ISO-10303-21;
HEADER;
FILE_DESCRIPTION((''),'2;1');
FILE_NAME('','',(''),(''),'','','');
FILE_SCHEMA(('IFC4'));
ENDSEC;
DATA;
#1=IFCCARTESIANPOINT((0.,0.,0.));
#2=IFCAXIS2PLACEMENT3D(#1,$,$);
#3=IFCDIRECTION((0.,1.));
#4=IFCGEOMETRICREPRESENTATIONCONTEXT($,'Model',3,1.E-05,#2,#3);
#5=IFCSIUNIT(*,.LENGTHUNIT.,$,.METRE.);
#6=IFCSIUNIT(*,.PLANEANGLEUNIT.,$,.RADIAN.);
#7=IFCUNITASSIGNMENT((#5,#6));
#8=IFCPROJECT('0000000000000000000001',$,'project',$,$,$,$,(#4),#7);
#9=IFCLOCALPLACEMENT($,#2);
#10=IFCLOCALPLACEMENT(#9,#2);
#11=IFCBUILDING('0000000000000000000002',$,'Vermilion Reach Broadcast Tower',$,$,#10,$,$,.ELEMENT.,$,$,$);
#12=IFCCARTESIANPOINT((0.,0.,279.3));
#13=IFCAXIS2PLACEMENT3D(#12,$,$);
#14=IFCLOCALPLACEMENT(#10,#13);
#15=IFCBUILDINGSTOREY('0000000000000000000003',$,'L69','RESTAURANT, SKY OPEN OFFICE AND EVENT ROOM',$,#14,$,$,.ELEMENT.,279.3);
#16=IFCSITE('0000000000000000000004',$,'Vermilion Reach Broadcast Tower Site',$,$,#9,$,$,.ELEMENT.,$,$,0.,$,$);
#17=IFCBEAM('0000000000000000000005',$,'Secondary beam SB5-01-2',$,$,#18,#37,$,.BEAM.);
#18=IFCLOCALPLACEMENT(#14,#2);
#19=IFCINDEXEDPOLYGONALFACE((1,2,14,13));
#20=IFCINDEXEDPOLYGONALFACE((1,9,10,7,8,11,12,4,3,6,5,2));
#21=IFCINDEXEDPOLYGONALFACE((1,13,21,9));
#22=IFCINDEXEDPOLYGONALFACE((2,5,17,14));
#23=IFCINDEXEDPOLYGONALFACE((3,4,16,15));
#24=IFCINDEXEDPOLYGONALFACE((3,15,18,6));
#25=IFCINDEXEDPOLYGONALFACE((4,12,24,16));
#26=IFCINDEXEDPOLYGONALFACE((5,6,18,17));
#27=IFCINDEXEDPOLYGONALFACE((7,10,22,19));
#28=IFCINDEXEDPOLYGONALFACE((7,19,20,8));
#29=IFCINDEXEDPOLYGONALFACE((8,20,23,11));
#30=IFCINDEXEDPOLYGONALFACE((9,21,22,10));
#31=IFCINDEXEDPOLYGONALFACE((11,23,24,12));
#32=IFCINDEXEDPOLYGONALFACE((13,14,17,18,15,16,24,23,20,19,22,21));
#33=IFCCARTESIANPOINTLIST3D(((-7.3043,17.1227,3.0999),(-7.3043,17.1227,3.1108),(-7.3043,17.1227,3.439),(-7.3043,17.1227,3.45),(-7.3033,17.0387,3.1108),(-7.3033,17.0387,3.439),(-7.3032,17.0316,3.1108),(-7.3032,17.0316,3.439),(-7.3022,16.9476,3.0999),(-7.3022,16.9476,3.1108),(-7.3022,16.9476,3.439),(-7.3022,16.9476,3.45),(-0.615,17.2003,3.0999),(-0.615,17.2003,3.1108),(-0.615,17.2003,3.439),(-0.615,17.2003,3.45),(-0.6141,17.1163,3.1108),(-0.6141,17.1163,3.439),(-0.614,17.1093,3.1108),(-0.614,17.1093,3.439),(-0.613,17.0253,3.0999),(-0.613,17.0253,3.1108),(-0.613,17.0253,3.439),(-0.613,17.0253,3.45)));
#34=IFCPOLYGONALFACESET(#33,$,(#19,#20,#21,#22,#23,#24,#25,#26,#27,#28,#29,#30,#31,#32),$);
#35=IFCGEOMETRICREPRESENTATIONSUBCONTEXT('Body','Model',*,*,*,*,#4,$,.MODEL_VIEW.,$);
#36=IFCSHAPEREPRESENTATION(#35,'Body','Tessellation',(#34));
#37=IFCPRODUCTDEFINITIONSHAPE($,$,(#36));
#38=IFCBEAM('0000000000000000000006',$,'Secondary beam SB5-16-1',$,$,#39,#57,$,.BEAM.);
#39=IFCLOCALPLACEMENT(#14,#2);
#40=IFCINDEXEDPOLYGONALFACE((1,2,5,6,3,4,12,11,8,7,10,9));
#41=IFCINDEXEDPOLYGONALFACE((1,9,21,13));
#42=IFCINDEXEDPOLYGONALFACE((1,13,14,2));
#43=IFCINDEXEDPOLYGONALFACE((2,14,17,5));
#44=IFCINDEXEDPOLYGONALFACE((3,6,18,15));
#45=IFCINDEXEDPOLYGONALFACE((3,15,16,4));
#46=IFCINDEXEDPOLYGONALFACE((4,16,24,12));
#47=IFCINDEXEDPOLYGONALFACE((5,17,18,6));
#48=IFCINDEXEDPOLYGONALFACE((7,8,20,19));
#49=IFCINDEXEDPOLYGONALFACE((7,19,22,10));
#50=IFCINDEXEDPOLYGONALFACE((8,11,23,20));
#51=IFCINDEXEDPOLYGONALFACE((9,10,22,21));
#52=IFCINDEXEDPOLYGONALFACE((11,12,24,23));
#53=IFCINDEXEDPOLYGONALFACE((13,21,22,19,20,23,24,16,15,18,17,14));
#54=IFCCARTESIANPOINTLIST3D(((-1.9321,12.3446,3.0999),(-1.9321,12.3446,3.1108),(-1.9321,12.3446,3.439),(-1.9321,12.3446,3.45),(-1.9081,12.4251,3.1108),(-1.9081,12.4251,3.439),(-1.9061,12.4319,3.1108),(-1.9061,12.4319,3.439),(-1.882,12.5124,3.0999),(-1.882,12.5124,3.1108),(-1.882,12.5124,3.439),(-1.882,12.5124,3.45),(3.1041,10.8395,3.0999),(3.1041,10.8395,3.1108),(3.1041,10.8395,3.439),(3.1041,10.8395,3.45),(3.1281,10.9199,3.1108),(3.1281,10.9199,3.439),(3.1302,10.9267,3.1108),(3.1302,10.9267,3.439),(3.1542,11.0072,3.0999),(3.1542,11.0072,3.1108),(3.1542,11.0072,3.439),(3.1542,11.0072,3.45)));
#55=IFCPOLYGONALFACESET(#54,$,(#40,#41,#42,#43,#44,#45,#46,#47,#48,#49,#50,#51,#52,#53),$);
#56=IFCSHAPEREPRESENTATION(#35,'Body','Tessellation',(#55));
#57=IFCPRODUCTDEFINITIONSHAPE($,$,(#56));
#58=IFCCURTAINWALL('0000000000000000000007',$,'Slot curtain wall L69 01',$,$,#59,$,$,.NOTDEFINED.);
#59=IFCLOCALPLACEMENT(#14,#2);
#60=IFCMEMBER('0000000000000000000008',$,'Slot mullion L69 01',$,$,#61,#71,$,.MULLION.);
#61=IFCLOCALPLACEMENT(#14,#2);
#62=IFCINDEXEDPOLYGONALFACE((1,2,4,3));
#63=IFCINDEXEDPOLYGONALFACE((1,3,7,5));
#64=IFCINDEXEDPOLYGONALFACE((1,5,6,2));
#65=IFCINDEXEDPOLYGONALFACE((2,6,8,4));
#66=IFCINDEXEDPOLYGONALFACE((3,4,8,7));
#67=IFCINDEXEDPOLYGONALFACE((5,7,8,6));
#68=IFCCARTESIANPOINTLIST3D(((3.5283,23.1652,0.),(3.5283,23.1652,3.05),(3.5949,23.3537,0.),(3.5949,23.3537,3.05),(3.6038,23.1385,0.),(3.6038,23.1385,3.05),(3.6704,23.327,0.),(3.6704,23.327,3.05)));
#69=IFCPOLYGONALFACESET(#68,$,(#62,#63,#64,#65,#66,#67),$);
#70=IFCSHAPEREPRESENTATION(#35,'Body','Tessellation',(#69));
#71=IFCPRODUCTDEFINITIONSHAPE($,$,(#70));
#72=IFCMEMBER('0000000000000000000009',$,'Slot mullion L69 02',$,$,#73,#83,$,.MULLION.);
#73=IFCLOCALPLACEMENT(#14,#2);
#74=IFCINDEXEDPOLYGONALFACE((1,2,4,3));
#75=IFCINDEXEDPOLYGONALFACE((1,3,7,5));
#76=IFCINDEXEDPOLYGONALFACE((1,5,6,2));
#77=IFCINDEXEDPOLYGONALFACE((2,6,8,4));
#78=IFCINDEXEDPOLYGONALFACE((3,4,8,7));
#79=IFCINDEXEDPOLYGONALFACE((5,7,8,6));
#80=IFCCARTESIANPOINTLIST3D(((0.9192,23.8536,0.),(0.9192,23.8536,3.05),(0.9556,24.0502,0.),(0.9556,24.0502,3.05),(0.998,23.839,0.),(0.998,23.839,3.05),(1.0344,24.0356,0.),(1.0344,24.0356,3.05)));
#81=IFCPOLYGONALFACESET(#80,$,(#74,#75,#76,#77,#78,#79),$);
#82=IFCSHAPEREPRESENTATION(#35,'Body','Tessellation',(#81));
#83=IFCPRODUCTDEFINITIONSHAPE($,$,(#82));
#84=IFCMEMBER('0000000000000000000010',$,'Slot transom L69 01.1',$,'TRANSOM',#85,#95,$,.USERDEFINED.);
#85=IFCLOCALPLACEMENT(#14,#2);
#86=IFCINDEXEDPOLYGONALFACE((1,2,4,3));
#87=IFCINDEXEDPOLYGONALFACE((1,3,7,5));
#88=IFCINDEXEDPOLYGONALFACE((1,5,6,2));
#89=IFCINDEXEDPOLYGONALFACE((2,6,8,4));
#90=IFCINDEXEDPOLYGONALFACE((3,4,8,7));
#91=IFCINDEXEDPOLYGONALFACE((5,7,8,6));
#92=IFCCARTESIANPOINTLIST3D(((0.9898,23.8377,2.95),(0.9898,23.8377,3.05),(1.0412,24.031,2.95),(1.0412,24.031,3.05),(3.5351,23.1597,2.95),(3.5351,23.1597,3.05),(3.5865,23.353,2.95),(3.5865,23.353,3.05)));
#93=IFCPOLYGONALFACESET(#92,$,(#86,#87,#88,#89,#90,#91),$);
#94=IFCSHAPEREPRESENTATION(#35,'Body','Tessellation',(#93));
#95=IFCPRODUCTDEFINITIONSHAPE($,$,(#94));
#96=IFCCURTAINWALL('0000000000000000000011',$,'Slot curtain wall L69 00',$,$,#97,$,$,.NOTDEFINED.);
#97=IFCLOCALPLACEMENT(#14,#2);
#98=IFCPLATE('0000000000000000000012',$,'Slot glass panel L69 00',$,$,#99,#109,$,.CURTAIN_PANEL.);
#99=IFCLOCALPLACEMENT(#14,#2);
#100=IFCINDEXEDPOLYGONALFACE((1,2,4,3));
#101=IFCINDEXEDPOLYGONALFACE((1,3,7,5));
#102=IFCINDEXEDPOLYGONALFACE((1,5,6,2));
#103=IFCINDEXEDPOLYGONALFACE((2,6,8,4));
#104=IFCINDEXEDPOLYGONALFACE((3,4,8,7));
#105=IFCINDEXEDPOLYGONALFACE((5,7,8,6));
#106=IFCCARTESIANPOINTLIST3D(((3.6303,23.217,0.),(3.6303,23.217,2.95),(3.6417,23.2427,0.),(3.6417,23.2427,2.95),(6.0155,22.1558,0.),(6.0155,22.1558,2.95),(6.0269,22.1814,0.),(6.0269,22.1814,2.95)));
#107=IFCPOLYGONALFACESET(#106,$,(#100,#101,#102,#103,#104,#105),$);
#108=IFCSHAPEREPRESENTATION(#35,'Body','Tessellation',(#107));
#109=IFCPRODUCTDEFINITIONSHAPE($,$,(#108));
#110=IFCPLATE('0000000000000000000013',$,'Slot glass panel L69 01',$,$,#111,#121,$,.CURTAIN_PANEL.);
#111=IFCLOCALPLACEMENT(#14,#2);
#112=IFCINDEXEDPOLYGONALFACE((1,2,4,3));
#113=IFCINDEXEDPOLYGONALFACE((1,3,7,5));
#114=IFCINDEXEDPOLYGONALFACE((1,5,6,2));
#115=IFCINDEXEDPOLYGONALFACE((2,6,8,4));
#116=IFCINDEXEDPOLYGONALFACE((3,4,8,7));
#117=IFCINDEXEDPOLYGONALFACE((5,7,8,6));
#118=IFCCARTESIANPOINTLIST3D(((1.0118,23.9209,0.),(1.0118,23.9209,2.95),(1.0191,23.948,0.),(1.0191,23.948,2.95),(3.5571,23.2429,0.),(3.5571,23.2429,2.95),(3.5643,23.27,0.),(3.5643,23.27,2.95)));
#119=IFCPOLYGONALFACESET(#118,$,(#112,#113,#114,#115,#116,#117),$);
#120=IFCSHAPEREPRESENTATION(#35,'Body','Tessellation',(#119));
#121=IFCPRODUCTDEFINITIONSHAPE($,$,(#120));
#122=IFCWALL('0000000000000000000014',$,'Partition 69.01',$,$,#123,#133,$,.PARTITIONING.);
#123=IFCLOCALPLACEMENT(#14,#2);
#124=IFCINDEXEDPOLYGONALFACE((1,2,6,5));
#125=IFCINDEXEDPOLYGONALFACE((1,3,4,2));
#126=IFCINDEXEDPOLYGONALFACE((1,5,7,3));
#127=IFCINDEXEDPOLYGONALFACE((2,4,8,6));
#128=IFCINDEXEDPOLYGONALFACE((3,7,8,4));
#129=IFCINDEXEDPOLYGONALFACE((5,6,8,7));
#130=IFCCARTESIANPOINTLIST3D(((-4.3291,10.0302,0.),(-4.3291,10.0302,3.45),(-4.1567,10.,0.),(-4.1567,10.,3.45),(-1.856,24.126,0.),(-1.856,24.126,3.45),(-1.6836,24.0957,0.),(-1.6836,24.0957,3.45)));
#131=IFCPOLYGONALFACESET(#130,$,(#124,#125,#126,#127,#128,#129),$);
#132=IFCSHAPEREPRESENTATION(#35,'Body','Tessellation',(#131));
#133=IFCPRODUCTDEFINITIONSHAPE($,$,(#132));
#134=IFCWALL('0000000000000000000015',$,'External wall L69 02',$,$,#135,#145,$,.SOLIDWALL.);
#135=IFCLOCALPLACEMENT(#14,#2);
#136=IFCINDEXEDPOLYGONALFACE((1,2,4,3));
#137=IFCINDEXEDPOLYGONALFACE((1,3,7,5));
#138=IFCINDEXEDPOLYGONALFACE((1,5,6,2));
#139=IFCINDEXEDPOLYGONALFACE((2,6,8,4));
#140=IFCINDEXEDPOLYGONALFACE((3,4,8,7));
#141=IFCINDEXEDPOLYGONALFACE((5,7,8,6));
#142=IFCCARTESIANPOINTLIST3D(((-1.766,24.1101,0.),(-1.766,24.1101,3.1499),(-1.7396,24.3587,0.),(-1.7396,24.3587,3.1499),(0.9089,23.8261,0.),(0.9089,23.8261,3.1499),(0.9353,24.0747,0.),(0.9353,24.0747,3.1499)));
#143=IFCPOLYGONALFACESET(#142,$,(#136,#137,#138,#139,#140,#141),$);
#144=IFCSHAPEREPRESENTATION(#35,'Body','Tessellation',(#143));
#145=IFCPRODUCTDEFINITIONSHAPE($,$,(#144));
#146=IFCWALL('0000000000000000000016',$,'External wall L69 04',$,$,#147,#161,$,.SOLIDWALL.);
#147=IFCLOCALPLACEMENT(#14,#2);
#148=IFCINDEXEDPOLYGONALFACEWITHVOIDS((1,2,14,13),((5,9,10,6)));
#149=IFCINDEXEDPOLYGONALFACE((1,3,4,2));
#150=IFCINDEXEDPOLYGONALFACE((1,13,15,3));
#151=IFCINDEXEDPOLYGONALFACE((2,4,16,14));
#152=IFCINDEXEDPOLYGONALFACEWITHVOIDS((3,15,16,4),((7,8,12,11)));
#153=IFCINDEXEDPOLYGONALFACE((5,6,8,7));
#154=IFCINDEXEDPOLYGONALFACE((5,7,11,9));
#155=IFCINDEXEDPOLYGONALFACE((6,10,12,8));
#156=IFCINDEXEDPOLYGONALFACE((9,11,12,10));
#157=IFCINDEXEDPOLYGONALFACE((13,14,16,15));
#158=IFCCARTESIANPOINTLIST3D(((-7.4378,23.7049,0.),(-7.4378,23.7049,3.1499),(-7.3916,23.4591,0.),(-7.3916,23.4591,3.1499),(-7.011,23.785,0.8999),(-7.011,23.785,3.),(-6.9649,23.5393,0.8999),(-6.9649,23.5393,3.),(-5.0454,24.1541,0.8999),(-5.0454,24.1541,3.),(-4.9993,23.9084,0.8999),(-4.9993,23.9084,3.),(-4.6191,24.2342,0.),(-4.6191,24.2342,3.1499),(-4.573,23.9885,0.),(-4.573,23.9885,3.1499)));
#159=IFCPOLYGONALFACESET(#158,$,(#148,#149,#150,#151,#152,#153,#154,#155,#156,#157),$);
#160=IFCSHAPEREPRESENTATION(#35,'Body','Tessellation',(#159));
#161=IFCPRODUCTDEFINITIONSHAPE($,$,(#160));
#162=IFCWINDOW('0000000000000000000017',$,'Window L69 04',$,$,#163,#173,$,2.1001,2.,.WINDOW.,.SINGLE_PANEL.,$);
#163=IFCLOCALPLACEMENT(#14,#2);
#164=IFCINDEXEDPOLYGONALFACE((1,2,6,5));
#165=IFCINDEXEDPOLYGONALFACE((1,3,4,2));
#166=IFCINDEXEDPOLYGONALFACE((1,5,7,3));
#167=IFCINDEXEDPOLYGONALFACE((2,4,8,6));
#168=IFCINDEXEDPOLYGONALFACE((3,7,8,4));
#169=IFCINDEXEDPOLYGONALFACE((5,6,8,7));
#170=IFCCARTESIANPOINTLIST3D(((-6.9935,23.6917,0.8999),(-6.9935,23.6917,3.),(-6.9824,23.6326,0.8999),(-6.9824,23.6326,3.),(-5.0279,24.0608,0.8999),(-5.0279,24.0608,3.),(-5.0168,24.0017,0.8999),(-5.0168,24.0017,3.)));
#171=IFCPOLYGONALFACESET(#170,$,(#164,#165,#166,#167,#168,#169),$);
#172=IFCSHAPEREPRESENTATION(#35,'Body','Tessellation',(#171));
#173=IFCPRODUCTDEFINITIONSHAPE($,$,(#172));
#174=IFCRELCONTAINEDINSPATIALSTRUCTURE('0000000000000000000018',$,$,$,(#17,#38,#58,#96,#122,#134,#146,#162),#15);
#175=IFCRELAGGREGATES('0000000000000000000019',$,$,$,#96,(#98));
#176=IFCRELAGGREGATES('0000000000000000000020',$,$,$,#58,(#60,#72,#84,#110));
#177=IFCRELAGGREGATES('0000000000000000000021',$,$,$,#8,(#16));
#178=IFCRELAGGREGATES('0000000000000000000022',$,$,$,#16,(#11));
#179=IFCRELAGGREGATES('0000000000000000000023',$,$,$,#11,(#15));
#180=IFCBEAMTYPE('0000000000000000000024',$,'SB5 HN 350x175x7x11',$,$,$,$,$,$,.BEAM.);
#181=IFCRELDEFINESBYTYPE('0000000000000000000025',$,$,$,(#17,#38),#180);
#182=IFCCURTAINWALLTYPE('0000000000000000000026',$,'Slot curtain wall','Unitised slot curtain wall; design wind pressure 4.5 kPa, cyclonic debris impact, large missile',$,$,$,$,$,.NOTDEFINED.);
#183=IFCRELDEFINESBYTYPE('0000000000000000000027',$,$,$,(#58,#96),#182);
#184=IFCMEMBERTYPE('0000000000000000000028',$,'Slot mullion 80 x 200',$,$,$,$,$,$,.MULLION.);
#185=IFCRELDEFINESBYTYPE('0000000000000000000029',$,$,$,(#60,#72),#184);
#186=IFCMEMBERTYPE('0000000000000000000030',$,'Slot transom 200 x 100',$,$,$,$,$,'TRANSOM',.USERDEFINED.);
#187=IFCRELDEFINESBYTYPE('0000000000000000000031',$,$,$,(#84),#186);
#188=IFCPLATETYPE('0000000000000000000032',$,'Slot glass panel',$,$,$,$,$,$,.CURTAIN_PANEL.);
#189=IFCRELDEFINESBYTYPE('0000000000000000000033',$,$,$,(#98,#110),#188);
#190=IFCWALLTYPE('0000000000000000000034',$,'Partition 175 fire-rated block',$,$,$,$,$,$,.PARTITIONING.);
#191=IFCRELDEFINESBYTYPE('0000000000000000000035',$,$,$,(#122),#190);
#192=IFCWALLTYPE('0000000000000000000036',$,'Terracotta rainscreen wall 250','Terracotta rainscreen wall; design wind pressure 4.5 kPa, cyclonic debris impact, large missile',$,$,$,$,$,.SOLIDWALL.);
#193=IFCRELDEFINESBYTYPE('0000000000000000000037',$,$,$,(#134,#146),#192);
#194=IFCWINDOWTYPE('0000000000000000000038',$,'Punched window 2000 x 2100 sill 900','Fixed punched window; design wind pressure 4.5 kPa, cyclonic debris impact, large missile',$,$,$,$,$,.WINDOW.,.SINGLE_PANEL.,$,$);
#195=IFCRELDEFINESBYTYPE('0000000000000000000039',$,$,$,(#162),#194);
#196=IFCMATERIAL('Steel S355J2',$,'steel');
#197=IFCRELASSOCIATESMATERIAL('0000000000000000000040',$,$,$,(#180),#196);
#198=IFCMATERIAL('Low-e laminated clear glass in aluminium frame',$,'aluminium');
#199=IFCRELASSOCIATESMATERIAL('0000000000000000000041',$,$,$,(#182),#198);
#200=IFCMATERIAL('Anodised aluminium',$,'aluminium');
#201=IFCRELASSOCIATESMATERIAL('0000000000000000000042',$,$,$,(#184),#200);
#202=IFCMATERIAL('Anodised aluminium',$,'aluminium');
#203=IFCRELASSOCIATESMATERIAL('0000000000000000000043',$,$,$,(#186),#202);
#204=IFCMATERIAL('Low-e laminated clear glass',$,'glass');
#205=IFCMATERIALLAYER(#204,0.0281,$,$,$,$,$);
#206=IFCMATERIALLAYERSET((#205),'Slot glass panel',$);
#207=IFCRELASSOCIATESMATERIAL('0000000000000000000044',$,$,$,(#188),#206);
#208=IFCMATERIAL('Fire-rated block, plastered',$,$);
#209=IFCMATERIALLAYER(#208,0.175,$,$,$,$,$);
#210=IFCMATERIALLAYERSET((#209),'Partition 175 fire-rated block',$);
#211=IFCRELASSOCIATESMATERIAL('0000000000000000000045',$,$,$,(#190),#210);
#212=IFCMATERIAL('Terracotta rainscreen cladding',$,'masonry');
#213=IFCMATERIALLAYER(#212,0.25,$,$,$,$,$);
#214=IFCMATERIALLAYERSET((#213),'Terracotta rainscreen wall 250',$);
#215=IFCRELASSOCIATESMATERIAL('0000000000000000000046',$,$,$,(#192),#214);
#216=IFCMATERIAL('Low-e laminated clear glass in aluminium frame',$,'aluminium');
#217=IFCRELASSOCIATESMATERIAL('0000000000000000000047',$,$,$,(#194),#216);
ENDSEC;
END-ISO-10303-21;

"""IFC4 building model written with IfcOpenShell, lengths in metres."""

from ifc_helpers import new_model, si_unit, direction, frame, frame_2d, origin, origin_2d, place, context, subcontext, project, spatial, rectangle, i_section, extrude, material, layer, layer_set, material_profile, profile_set, type_object, element, fill, aggregate, save


model = new_model("IFC4")

# Units and contexts
model_context = context("Model", 3, precision=1e-05, world=origin(), true_north=direction((0.0, 1.0)))
body_context = subcontext(model_context, "Body", "Model", "MODEL_VIEW")
ifc_project = project(units=[si_unit("LENGTHUNIT", "METRE"), si_unit("PLANEANGLEUNIT", "RADIAN")], contexts=[model_context])

# Site, building, storey
site_placement = place(None, origin())
site = spatial("IfcSite", under=ifc_project, at=site_placement, Name="Vermilion Reach Broadcast Tower Site", CompositionType="ELEMENT", RefElevation=0.0)
building_placement = place(site_placement, origin())
building = spatial("IfcBuilding", under=site, at=building_placement, Name="Vermilion Reach Broadcast Tower", CompositionType="ELEMENT")
storey_placement = place(building_placement, frame((0.0, 0.0, 279.3)))
storey = spatial("IfcBuildingStorey", under=building, at=storey_placement, Name="L69", Description="RESTAURANT, SKY OPEN OFFICE AND EVENT ROOM", CompositionType="ELEMENT", Elevation=279.3)

# Beams
ifc_material_1 = material(Name="Steel S355J2", Category="steel")
ifc_material_profile_1 = material_profile(ifc_material_1, i_section(OverallWidth=0.175, OverallDepth=0.3501, WebThickness=0.0071, FlangeThickness=0.011, at=origin_2d()), Name="S355J2 HN 350x175x7x11")
ifc_profile_set_1 = profile_set([ifc_material_profile_1], Name="Steel S355J2")
beam_type_1 = type_object("IfcBeamType", Name="SB5 HN 350x175x7x11", PredefinedType="BEAM", material=ifc_profile_set_1)
beam_1_placement = place(storey_placement, frame((-0.614, 17.1128, 3.2749), z_axis=(-0.999933, -0.011605, 0.0), x_axis=(0.011605, -0.999933, 0.0)))
element("IfcBeam", 1, at=beam_1_placement, inside=storey, type_object=beam_type_1, Name="Secondary beam SB5-01-2", PredefinedType="BEAM", context=body_context, shape_type="SweptSolid", body=[
    extrude(i_section(OverallWidth=0.175, OverallDepth=0.3501, WebThickness=0.0071, FlangeThickness=0.011, at=origin_2d()), origin(), (0.0, 0.0, 1.0), 6.6897),
])
beam_2_placement = place(storey_placement, frame((3.1292, 10.9233, 3.2749), z_axis=(-0.958125, 0.286351, 0.0), x_axis=(-0.286351, -0.958125, 0.0)))
element("IfcBeam", 2, at=beam_2_placement, inside=storey, type_object=beam_type_1, Name="Secondary beam SB5-16-1", PredefinedType="BEAM", context=body_context, shape_type="SweptSolid", body=[
    extrude(i_section(OverallWidth=0.175, OverallDepth=0.3501, WebThickness=0.0071, FlangeThickness=0.011, at=origin_2d()), origin(), (0.0, 0.0, 1.0), 5.2563),
])

# Curtain wall, members
ifc_material_2 = material(Name="Low-e laminated clear glass in aluminium frame", Category="aluminium")
curtain_wall_type = type_object("IfcCurtainWallType", Name="Slot curtain wall", Description="Unitised slot curtain wall; design wind pressure 4.5 kPa, cyclonic debris impact, large missile", PredefinedType="NOTDEFINED", material=ifc_material_2)
placement = place(storey_placement, origin())
curtain_wall_1 = element("IfcCurtainWall", 3, at=placement, inside=storey, type_object=curtain_wall_type, Name="Slot curtain wall L69 01", PredefinedType="NOTDEFINED")
ifc_material_3 = material(Name="Anodised aluminium", Category="aluminium")
ifc_material_profile_2 = material_profile(ifc_material_3, rectangle(XDim=0.2, YDim=0.0801, at=origin_2d()), Name="Slot mullion 80 x 200")
ifc_profile_set_2 = profile_set([ifc_material_profile_2], Name="Anodised aluminium")
member_type_1 = type_object("IfcMemberType", Name="Slot mullion 80 x 200", PredefinedType="MULLION", material=ifc_profile_set_2)
member_1_placement = place(storey_placement, frame((3.5994, 23.2461, 0.0), z_axis=(0.0, 0.0, 1.0), x_axis=(-0.333002, -0.942926, 0.0)))
member_1 = element("IfcMember", 4, at=member_1_placement, type_object=member_type_1, Name="Slot mullion L69 01", PredefinedType="MULLION", context=body_context, shape_type="SweptSolid", body=[
    extrude(rectangle(XDim=0.2, YDim=0.0801, at=origin_2d()), origin(), (0.0, 0.0, 1.0), 3.05),
])
member_2_placement = place(storey_placement, frame((0.9768, 23.9446, 0.0), z_axis=(0.0, 0.0, 1.0), x_axis=(-0.182004, -0.983298, 0.0)))
member_2 = element("IfcMember", 5, at=member_2_placement, type_object=member_type_1, Name="Slot mullion L69 02", PredefinedType="MULLION", context=body_context, shape_type="SweptSolid", body=[
    extrude(rectangle(XDim=0.2, YDim=0.0801, at=origin_2d()), origin(), (0.0, 0.0, 1.0), 3.05),
])
ifc_material_4 = material(Name="Anodised aluminium", Category="aluminium")
ifc_material_profile_3 = material_profile(ifc_material_4, rectangle(XDim=0.2, YDim=0.1001, at=origin_2d()), Name="Slot transom 200 x 100")
ifc_profile_set_3 = profile_set([ifc_material_profile_3], Name="Anodised aluminium")
member_type_2 = type_object("IfcMemberType", Name="Slot transom 200 x 100", ElementType="TRANSOM", PredefinedType="USERDEFINED", material=ifc_profile_set_3)
member_3_placement = place(storey_placement, frame((3.5608, 23.2563, 3.0), z_axis=(-0.966304, 0.257403, 0.0), x_axis=(-0.257403, -0.966304, 0.0)))
member_3 = element("IfcMember", 6, at=member_3_placement, type_object=member_type_2, Name="Slot transom L69 01.1", ObjectType="TRANSOM", PredefinedType="USERDEFINED", context=body_context, shape_type="SweptSolid", body=[
    extrude(rectangle(XDim=0.2, YDim=0.1001, at=origin_2d()), origin(), (0.0, 0.0, 1.0), 2.634),
])

# Curtain wall, plate
curtain_wall_2 = element("IfcCurtainWall", 7, at=placement, inside=storey, type_object=curtain_wall_type, Name="Slot curtain wall L69 00", PredefinedType="NOTDEFINED")
ifc_material_5 = material(Name="Low-e laminated clear glass", Category="glass")
ifc_layer_1 = layer(ifc_material_5, 0.0281)
ifc_layer_set_1 = layer_set([ifc_layer_1], Name="Slot glass panel")
plate_type = type_object("IfcPlateType", Name="Slot glass panel", PredefinedType="CURTAIN_PANEL", material=ifc_layer_set_1)
plate_1_placement = place(storey_placement, frame((4.8286, 22.6992, 0.0), z_axis=(0.0, 0.0, 1.0), x_axis=(-0.91364, 0.406525, 0.0)))
plate_1 = element("IfcPlate", 8, at=plate_1_placement, type_object=plate_type, Name="Slot glass panel L69 00", PredefinedType="CURTAIN_PANEL", context=body_context, shape_type="SweptSolid", body=[
    extrude(rectangle(XDim=2.6106, YDim=0.0281, at=origin_2d()), origin(), (0.0, 0.0, 1.0), 2.95),
])
aggregate(curtain_wall_2, [plate_1])

# Plate
plate_2_placement = place(storey_placement, frame((2.2881, 23.5955, 0.0), z_axis=(0.0, 0.0, 1.0), x_axis=(-0.966307, 0.257393, 0.0)))
plate_2 = element("IfcPlate", 9, at=plate_2_placement, type_object=plate_type, Name="Slot glass panel L69 01", PredefinedType="CURTAIN_PANEL", context=body_context, shape_type="SweptSolid", body=[
    extrude(rectangle(XDim=2.634, YDim=0.0281, at=origin_2d()), origin(), (0.0, 0.0, 1.0), 2.95),
])
aggregate(curtain_wall_1, [member_1, member_2, member_3, plate_2])

# Walls
ifc_material_6 = material(Name="Fire-rated block, plastered")
ifc_layer_2 = layer(ifc_material_6, 0.175)
ifc_layer_set_2 = layer_set([ifc_layer_2], Name="Partition 175 fire-rated block")
wall_type_1 = type_object("IfcWallType", Name="Partition 175 fire-rated block", PredefinedType="PARTITIONING", material=ifc_layer_set_2)
wall_1_placement = place(storey_placement, frame((-1.7698, 24.1108, 0.0), z_axis=(0.0, 0.0, 1.0), x_axis=(-0.172814, -0.984954, 0.0)))
element("IfcWall", 10, at=wall_1_placement, inside=storey, type_object=wall_type_1, Name="Partition 69.01", PredefinedType="PARTITIONING", context=body_context, shape_type="SweptSolid", body=[
    extrude(rectangle(XDim=14.311, YDim=0.175, at=frame_2d((7.1555, 0.0))), origin(), (0.0, 0.0, 1.0), 3.45),
])
ifc_material_7 = material(Name="Terracotta rainscreen cladding", Category="masonry")
ifc_layer_3 = layer(ifc_material_7, 0.25)
ifc_layer_set_3 = layer_set([ifc_layer_3], Name="Terracotta rainscreen wall 250")
wall_type_2 = type_object("IfcWallType", Name="Terracotta rainscreen wall 250", Description="Terracotta rainscreen wall; design wind pressure 4.5 kPa, cyclonic debris impact, large missile", PredefinedType="SOLIDWALL", material=ifc_layer_set_3)
wall_2_placement = place(storey_placement, frame((0.9221, 23.9504, 0.0), z_axis=(0.0, 0.0, 1.0), x_axis=(-0.994413, 0.105559, 0.0)))
element("IfcWall", 11, at=wall_2_placement, inside=storey, type_object=wall_type_2, Name="External wall L69 02", PredefinedType="SOLIDWALL", context=body_context, shape_type="SweptSolid", body=[
    extrude(rectangle(XDim=2.6899, YDim=0.25, at=frame_2d((1.345, 0.0))), origin(), (0.0, 0.0, 1.0), 3.1499),
])

# Wall, opening, window
wall_3_placement = place(storey_placement, frame((-4.5959, 24.1113, 0.0), z_axis=(0.0, 0.0, 1.0), x_axis=(-0.982821, -0.184561, 0.0)))
wall_3 = element("IfcWall", 12, at=wall_3_placement, inside=storey, type_object=wall_type_2, Name="External wall L69 04", PredefinedType="SOLIDWALL", context=body_context, shape_type="SweptSolid", body=[
    extrude(rectangle(XDim=2.8679, YDim=0.25, at=frame_2d((1.4341, 0.0))), origin(), (0.0, 0.0, 1.0), 3.1499),
])
opening_1_placement = place(wall_3_placement, frame((0.4338, 0.0, 0.8999)))
opening_1 = element("IfcOpeningElement", 13, at=opening_1_placement, cuts=wall_3, PredefinedType="OPENING", context=body_context, shape_type="SweptSolid", body=[
    extrude(rectangle(XDim=2.0, YDim=2.1001, at=frame_2d((1.0, 1.05))), frame((0.0, 0.135, 0.0), z_axis=(0.0, -1.0, 0.0), x_axis=(1.0, 0.0, 0.0)), (0.0, 0.0, 1.0), 0.27),
])
ifc_material_8 = material(Name="Low-e laminated clear glass in aluminium frame", Category="aluminium")
window_type = type_object("IfcWindowType", Name="Punched window 2000 x 2100 sill 900", Description="Fixed punched window; design wind pressure 4.5 kPa, cyclonic debris impact, large missile", PartitioningType="SINGLE_PANEL", PredefinedType="WINDOW", material=ifc_material_8)
window_placement = place(opening_1_placement, origin())
window = element("IfcWindow", 14, at=window_placement, inside=storey, type_object=window_type, Name="Window L69 04", OverallHeight=2.1001, OverallWidth=2.0, PartitioningType="SINGLE_PANEL", PredefinedType="WINDOW", context=body_context, shape_type="SweptSolid", body=[
    extrude(rectangle(XDim=2.0, YDim=2.1001, at=frame_2d((1.0, 1.05))), frame((0.0, 0.03, 0.0), z_axis=(0.0, -1.0, 0.0), x_axis=(1.0, 0.0, 0.0)), (0.0, 0.0, 1.0), 0.0601),
])
fill(opening_1, window)

save(model, "model.ifc")
